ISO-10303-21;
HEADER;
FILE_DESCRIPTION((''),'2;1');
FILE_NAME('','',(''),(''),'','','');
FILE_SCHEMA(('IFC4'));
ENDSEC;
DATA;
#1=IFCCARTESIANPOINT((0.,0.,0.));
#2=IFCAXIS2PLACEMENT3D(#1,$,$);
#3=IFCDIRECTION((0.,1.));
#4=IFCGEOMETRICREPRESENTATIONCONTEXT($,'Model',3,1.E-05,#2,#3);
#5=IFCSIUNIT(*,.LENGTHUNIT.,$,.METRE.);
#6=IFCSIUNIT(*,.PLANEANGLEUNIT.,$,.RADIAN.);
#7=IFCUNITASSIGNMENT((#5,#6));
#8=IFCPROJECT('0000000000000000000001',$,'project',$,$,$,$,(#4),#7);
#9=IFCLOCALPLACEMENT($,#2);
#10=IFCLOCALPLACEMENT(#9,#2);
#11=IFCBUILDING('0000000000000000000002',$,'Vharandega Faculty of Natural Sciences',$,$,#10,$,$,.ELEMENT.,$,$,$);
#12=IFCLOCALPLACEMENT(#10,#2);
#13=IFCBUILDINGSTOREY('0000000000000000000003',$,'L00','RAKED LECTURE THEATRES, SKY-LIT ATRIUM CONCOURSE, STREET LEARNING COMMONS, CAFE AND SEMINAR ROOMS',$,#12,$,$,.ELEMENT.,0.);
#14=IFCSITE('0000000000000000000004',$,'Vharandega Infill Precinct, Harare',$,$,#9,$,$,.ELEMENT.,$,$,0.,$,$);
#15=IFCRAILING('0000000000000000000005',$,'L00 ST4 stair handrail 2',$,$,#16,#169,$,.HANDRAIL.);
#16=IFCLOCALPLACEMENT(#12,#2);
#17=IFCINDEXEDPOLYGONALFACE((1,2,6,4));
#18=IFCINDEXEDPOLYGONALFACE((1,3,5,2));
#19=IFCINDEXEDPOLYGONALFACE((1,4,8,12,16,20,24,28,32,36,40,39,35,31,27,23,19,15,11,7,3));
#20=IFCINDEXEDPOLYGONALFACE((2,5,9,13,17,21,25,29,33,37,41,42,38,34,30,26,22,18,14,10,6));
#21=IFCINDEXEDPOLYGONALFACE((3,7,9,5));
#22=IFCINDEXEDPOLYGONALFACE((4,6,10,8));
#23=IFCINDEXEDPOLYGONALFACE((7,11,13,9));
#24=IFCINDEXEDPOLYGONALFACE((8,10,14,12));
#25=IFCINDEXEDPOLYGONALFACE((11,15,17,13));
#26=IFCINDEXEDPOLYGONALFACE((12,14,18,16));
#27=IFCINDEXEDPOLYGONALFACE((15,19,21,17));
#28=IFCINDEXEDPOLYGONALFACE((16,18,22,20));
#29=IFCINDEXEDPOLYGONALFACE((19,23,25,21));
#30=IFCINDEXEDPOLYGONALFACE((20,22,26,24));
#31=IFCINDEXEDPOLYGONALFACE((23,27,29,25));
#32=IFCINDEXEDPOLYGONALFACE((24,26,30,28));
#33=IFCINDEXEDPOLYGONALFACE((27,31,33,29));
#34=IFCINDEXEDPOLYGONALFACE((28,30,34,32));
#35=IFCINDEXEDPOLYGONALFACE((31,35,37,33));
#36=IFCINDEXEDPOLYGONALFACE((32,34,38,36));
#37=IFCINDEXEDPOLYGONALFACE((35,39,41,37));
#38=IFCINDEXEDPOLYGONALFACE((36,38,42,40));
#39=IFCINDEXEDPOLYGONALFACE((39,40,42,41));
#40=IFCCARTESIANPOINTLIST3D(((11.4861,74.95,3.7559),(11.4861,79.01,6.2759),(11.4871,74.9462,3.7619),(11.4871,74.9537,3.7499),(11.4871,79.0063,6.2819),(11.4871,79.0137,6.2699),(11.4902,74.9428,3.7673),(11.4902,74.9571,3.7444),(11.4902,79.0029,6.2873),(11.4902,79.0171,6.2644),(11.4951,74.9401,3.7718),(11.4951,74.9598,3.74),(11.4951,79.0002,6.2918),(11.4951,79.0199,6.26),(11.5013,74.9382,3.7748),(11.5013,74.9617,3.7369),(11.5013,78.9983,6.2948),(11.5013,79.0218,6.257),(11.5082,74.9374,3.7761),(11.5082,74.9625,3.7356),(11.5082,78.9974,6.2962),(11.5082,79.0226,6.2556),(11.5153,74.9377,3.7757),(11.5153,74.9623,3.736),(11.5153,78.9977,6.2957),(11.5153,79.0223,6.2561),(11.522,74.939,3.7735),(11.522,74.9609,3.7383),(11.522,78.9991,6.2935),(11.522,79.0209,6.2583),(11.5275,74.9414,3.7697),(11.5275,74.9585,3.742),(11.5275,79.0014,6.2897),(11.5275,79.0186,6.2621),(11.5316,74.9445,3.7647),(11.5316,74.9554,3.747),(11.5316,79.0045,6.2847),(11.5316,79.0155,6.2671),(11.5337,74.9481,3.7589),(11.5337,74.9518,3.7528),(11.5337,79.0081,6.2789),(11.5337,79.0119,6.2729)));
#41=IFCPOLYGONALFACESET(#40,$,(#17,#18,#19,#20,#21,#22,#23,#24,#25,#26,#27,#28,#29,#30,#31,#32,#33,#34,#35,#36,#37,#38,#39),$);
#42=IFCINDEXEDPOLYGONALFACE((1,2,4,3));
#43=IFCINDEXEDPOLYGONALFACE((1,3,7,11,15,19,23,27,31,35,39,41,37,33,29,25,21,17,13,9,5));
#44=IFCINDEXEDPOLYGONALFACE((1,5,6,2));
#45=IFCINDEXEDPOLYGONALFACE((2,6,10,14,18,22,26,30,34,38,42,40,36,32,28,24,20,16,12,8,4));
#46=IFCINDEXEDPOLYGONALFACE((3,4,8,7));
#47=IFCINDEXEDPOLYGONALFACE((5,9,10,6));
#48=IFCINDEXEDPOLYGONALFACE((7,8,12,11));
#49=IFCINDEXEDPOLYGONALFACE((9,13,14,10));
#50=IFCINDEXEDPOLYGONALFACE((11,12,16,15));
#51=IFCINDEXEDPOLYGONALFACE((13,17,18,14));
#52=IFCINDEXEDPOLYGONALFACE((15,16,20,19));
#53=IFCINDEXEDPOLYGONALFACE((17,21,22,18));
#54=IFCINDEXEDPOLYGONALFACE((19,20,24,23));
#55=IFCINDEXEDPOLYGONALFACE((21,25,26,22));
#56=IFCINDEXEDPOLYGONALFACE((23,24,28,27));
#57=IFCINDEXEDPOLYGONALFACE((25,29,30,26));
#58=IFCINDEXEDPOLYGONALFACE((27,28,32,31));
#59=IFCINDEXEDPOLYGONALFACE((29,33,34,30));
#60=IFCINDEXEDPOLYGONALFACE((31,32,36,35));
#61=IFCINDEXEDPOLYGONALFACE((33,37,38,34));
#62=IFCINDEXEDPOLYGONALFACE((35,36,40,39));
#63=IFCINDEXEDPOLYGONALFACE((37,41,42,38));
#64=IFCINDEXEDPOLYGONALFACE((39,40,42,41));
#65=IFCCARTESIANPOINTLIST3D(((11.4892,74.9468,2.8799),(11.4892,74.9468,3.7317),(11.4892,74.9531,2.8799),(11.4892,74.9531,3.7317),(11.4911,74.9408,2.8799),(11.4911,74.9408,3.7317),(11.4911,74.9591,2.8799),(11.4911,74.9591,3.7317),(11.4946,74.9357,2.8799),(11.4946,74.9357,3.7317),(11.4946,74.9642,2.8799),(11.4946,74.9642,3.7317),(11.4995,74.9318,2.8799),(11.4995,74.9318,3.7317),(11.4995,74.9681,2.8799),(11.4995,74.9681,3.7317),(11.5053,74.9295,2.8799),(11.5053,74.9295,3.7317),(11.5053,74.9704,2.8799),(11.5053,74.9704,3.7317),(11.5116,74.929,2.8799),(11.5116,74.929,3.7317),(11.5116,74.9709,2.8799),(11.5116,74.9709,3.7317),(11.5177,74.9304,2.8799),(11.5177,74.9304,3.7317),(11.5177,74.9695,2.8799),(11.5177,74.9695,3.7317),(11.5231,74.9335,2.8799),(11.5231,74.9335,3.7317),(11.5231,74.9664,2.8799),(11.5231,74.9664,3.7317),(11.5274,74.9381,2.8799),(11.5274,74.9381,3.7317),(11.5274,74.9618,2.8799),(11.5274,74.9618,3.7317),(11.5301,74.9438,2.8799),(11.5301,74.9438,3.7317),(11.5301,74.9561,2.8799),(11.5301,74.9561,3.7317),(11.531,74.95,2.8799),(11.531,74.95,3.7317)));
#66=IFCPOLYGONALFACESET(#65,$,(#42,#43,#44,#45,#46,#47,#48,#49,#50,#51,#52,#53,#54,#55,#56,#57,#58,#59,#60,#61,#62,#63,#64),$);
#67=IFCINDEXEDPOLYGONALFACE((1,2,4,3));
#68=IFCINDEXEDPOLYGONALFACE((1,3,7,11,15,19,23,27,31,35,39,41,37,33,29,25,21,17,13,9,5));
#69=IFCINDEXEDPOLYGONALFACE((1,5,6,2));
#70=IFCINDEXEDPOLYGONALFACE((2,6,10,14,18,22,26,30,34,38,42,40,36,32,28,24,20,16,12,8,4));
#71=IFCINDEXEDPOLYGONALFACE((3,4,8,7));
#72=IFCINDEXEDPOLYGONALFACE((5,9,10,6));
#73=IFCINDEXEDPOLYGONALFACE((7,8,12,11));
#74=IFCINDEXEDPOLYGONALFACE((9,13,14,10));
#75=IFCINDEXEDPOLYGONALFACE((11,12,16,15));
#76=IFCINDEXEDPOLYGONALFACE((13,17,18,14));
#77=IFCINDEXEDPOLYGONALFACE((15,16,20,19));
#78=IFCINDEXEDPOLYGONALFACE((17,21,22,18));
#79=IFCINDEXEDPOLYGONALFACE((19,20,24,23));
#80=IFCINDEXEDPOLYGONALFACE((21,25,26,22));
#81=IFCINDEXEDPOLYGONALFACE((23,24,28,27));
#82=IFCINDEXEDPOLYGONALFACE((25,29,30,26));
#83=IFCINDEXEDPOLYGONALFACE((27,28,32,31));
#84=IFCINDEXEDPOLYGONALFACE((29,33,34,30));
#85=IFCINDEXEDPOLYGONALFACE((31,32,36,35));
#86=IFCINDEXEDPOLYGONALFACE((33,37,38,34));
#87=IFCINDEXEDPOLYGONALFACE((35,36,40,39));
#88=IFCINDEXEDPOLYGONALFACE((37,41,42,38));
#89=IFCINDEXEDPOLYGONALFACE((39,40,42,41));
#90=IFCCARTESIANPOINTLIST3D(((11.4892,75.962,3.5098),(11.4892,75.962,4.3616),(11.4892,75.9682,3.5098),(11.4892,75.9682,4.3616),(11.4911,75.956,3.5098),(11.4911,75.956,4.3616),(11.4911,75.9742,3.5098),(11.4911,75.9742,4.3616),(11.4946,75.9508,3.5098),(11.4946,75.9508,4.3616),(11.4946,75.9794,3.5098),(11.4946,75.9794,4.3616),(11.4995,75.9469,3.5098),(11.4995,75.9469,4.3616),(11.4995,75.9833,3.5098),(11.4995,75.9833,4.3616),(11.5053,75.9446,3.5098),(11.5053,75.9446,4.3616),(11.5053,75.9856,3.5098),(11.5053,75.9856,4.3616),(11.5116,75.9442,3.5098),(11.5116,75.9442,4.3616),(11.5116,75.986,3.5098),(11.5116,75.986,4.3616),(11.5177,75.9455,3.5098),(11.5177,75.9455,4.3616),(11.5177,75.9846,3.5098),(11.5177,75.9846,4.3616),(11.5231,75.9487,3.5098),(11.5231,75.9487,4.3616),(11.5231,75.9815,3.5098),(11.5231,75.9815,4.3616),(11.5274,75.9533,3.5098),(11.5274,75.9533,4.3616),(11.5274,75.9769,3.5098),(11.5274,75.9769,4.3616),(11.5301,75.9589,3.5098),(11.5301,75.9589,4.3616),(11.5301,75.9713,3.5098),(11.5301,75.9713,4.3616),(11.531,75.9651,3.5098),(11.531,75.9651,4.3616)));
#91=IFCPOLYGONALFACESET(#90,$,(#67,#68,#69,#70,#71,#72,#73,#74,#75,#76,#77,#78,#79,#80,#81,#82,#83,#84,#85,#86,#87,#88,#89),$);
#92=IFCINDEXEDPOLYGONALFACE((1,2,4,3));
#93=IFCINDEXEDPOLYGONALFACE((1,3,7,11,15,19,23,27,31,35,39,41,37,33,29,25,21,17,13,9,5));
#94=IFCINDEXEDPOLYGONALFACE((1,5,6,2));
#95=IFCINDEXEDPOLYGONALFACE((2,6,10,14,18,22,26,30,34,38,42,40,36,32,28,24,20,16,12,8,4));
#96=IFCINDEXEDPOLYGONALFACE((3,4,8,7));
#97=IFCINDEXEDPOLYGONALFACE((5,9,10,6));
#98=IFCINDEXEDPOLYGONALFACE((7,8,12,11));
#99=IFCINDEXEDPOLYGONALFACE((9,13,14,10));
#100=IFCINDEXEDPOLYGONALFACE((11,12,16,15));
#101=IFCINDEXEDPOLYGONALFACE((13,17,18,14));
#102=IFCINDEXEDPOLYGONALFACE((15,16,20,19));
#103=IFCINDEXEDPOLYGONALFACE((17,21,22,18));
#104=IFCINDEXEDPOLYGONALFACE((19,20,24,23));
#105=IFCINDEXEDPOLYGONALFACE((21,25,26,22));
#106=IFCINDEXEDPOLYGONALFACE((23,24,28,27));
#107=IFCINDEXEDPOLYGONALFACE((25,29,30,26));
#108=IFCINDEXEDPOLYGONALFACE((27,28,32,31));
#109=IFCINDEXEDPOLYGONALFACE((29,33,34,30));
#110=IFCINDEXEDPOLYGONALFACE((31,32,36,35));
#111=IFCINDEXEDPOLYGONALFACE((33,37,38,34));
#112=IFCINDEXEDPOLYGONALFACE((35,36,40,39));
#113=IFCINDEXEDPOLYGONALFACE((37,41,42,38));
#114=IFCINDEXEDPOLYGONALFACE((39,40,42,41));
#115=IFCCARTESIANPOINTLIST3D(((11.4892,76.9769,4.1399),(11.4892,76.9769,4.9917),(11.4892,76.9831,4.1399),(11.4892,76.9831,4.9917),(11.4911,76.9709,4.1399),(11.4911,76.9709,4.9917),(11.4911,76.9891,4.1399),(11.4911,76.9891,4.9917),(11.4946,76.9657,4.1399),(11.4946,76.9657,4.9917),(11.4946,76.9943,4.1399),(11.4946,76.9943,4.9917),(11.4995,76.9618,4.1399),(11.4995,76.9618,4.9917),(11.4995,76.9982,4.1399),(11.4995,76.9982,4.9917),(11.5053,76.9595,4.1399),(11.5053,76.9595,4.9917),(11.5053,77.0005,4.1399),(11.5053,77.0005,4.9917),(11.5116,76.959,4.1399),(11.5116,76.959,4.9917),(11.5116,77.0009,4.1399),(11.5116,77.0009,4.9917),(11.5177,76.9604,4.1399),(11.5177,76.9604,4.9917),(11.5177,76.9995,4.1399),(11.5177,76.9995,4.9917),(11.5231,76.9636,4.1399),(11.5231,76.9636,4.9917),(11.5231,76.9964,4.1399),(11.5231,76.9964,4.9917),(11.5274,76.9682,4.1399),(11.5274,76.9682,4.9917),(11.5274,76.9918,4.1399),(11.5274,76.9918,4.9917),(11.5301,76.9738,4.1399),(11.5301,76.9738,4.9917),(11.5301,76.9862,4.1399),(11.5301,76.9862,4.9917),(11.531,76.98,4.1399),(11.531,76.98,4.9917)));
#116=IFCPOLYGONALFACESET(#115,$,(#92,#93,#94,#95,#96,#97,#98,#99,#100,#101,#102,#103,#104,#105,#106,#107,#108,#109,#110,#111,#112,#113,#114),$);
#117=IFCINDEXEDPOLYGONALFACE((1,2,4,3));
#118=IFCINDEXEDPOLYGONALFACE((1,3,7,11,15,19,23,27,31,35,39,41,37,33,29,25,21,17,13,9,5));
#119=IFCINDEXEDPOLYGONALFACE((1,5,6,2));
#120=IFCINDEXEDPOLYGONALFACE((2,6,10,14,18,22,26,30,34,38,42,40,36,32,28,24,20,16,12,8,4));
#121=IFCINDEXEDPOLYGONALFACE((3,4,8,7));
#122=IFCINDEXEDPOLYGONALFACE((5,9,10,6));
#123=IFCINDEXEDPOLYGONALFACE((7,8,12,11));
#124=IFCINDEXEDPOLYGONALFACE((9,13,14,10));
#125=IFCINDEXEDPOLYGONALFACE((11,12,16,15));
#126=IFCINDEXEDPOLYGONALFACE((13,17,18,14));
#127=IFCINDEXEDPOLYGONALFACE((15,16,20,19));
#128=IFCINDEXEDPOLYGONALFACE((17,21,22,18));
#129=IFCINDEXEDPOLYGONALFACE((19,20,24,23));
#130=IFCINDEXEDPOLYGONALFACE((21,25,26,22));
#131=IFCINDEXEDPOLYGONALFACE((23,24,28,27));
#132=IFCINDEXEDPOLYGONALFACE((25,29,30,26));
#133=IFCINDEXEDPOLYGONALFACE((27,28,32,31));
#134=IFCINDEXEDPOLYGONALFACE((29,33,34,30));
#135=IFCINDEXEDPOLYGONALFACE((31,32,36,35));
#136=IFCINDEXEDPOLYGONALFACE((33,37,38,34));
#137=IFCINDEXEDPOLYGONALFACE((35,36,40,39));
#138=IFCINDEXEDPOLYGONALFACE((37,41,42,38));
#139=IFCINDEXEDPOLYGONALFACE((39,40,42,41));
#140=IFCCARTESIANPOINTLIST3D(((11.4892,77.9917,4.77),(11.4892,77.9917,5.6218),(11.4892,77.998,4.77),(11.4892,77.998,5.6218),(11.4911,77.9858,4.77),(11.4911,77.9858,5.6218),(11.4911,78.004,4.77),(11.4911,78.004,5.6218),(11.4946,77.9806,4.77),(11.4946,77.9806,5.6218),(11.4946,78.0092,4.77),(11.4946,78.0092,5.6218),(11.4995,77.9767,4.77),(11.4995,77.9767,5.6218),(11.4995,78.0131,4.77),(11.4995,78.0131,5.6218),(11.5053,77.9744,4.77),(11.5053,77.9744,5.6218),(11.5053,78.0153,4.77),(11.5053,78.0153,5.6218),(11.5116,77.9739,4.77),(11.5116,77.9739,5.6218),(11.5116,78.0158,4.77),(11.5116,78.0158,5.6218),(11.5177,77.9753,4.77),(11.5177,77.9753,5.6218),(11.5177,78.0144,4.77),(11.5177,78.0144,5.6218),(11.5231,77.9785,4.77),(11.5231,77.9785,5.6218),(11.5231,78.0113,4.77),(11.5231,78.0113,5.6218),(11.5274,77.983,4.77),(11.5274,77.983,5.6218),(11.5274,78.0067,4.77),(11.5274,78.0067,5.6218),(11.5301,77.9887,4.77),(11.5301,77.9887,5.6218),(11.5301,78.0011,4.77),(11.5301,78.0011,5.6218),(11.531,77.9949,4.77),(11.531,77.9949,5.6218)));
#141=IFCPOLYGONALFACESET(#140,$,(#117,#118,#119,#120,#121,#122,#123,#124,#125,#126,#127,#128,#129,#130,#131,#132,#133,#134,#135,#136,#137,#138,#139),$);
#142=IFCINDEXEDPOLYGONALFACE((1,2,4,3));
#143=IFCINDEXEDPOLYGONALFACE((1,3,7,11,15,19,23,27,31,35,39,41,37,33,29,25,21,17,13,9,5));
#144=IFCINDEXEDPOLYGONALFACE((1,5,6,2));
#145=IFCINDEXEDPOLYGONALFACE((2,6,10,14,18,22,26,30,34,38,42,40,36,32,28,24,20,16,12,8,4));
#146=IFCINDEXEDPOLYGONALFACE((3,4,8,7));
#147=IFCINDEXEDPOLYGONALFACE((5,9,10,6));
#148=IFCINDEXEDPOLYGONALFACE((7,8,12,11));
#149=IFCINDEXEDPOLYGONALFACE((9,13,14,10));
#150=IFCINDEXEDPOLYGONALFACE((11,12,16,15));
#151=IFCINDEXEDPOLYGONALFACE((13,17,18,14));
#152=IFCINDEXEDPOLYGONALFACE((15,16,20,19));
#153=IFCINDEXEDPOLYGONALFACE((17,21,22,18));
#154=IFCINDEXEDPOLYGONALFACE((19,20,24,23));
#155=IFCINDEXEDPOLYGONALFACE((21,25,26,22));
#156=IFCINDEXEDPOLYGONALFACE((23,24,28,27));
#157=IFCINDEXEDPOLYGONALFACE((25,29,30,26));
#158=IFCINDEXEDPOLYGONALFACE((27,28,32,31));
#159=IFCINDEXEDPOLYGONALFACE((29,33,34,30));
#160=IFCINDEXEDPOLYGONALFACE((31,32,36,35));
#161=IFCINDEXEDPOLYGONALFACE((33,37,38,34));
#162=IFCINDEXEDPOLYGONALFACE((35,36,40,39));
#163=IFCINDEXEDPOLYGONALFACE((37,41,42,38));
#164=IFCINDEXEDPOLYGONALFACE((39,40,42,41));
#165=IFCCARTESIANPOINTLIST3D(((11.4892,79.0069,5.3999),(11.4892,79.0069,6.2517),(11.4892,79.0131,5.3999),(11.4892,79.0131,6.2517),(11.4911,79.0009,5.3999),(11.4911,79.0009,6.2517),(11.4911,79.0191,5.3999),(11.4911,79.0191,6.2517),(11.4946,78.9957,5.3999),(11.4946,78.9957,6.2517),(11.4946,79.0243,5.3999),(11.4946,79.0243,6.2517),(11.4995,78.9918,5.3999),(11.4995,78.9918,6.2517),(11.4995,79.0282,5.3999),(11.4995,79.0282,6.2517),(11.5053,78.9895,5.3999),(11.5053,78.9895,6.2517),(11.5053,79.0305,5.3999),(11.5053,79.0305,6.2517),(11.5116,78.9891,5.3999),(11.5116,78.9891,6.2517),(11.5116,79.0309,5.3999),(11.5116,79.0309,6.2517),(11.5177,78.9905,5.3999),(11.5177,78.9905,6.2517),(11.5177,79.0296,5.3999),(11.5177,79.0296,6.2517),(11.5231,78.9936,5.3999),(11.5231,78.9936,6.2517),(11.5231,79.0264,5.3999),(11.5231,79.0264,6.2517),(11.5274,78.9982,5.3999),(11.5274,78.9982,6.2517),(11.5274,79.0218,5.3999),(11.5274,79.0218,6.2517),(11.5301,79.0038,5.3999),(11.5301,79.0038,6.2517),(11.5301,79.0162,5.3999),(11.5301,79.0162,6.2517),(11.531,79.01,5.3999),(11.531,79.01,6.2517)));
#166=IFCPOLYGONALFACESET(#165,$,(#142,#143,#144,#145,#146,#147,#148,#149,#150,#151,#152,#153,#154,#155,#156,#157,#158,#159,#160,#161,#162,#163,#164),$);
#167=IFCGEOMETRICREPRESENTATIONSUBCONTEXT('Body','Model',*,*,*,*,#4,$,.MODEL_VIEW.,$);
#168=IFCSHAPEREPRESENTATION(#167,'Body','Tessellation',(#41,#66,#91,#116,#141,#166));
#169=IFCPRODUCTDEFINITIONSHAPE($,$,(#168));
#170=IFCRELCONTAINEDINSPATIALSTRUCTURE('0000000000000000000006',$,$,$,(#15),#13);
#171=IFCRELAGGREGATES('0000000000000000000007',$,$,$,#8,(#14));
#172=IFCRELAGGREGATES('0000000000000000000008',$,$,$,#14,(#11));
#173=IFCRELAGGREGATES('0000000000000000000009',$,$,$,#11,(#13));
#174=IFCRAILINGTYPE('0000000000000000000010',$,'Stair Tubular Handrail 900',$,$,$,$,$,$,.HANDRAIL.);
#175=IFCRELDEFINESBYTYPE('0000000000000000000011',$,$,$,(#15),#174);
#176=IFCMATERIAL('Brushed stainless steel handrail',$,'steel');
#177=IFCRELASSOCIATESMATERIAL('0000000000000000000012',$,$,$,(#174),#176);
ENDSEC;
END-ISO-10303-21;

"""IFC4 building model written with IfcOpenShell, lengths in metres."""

from ifc_helpers import new_model, si_unit, direction, frame, origin, origin_2d, place, context, subcontext, project, spatial, circle, extrude, material, type_object, element, save


model = new_model("IFC4")

# Units and contexts
model_context = context("Model", 3, precision=1e-05, world=origin(), true_north=direction((0.0, 1.0)))
body_context = subcontext(model_context, "Body", "Model", "MODEL_VIEW")
ifc_project = project(units=[si_unit("LENGTHUNIT", "METRE"), si_unit("PLANEANGLEUNIT", "RADIAN")], contexts=[model_context])

# Site, building, storey
site_placement = place(None, origin())
site = spatial("IfcSite", under=ifc_project, at=site_placement, Name="Vharandega Infill Precinct, Harare", CompositionType="ELEMENT", RefElevation=0.0)
building_placement = place(site_placement, origin())
building = spatial("IfcBuilding", under=site, at=building_placement, Name="Vharandega Faculty of Natural Sciences", CompositionType="ELEMENT")
storey_placement = place(building_placement, origin())
storey = spatial("IfcBuildingStorey", under=building, at=storey_placement, Name="L00", Description="RAKED LECTURE THEATRES, SKY-LIT ATRIUM CONCOURSE, STREET LEARNING COMMONS, CAFE AND SEMINAR ROOMS", CompositionType="ELEMENT", Elevation=0.0)

# Railing
ifc_material_1 = material(Name="Brushed stainless steel handrail", Category="steel")
railing_type_1 = type_object("IfcRailingType", Name="Stair Tubular Handrail 900", PredefinedType="HANDRAIL", material=ifc_material_1)
railing_1_placement = place(storey_placement, frame((11.51, 74.95, 2.8799)))
element("IfcRailing", 1, at=railing_1_placement, inside=storey, type_object=railing_type_1, Name="L00 ST4 stair handrail 2", PredefinedType="HANDRAIL", context=body_context, shape_type="SweptSolid", body=[
    extrude(circle(Radius=0.0239, at=origin_2d()), frame((0.0, 0.0, 0.876), z_axis=(0.0, 0.849642, 0.52736), x_axis=(-1.0, 0.0, 0.0)), (0.0, 0.0, 1.0), 4.7786),
    extrude(circle(Radius=0.021, at=origin_2d()), origin(), (0.0, 0.0, 1.0), 0.8518),
    extrude(circle(Radius=0.021, at=origin_2d()), frame((0.0, 1.0151, 0.6299)), (0.0, 0.0, 1.0), 0.8518),
    extrude(circle(Radius=0.021, at=origin_2d()), frame((0.0, 2.03, 1.26)), (0.0, 0.0, 1.0), 0.8518),
    extrude(circle(Radius=0.021, at=origin_2d()), frame((0.0, 3.0449, 1.8901)), (0.0, 0.0, 1.0), 0.8518),
    extrude(circle(Radius=0.021, at=origin_2d()), frame((0.0, 4.0601, 2.52)), (0.0, 0.0, 1.0), 0.8518),
])

save(model, "model.ifc")
